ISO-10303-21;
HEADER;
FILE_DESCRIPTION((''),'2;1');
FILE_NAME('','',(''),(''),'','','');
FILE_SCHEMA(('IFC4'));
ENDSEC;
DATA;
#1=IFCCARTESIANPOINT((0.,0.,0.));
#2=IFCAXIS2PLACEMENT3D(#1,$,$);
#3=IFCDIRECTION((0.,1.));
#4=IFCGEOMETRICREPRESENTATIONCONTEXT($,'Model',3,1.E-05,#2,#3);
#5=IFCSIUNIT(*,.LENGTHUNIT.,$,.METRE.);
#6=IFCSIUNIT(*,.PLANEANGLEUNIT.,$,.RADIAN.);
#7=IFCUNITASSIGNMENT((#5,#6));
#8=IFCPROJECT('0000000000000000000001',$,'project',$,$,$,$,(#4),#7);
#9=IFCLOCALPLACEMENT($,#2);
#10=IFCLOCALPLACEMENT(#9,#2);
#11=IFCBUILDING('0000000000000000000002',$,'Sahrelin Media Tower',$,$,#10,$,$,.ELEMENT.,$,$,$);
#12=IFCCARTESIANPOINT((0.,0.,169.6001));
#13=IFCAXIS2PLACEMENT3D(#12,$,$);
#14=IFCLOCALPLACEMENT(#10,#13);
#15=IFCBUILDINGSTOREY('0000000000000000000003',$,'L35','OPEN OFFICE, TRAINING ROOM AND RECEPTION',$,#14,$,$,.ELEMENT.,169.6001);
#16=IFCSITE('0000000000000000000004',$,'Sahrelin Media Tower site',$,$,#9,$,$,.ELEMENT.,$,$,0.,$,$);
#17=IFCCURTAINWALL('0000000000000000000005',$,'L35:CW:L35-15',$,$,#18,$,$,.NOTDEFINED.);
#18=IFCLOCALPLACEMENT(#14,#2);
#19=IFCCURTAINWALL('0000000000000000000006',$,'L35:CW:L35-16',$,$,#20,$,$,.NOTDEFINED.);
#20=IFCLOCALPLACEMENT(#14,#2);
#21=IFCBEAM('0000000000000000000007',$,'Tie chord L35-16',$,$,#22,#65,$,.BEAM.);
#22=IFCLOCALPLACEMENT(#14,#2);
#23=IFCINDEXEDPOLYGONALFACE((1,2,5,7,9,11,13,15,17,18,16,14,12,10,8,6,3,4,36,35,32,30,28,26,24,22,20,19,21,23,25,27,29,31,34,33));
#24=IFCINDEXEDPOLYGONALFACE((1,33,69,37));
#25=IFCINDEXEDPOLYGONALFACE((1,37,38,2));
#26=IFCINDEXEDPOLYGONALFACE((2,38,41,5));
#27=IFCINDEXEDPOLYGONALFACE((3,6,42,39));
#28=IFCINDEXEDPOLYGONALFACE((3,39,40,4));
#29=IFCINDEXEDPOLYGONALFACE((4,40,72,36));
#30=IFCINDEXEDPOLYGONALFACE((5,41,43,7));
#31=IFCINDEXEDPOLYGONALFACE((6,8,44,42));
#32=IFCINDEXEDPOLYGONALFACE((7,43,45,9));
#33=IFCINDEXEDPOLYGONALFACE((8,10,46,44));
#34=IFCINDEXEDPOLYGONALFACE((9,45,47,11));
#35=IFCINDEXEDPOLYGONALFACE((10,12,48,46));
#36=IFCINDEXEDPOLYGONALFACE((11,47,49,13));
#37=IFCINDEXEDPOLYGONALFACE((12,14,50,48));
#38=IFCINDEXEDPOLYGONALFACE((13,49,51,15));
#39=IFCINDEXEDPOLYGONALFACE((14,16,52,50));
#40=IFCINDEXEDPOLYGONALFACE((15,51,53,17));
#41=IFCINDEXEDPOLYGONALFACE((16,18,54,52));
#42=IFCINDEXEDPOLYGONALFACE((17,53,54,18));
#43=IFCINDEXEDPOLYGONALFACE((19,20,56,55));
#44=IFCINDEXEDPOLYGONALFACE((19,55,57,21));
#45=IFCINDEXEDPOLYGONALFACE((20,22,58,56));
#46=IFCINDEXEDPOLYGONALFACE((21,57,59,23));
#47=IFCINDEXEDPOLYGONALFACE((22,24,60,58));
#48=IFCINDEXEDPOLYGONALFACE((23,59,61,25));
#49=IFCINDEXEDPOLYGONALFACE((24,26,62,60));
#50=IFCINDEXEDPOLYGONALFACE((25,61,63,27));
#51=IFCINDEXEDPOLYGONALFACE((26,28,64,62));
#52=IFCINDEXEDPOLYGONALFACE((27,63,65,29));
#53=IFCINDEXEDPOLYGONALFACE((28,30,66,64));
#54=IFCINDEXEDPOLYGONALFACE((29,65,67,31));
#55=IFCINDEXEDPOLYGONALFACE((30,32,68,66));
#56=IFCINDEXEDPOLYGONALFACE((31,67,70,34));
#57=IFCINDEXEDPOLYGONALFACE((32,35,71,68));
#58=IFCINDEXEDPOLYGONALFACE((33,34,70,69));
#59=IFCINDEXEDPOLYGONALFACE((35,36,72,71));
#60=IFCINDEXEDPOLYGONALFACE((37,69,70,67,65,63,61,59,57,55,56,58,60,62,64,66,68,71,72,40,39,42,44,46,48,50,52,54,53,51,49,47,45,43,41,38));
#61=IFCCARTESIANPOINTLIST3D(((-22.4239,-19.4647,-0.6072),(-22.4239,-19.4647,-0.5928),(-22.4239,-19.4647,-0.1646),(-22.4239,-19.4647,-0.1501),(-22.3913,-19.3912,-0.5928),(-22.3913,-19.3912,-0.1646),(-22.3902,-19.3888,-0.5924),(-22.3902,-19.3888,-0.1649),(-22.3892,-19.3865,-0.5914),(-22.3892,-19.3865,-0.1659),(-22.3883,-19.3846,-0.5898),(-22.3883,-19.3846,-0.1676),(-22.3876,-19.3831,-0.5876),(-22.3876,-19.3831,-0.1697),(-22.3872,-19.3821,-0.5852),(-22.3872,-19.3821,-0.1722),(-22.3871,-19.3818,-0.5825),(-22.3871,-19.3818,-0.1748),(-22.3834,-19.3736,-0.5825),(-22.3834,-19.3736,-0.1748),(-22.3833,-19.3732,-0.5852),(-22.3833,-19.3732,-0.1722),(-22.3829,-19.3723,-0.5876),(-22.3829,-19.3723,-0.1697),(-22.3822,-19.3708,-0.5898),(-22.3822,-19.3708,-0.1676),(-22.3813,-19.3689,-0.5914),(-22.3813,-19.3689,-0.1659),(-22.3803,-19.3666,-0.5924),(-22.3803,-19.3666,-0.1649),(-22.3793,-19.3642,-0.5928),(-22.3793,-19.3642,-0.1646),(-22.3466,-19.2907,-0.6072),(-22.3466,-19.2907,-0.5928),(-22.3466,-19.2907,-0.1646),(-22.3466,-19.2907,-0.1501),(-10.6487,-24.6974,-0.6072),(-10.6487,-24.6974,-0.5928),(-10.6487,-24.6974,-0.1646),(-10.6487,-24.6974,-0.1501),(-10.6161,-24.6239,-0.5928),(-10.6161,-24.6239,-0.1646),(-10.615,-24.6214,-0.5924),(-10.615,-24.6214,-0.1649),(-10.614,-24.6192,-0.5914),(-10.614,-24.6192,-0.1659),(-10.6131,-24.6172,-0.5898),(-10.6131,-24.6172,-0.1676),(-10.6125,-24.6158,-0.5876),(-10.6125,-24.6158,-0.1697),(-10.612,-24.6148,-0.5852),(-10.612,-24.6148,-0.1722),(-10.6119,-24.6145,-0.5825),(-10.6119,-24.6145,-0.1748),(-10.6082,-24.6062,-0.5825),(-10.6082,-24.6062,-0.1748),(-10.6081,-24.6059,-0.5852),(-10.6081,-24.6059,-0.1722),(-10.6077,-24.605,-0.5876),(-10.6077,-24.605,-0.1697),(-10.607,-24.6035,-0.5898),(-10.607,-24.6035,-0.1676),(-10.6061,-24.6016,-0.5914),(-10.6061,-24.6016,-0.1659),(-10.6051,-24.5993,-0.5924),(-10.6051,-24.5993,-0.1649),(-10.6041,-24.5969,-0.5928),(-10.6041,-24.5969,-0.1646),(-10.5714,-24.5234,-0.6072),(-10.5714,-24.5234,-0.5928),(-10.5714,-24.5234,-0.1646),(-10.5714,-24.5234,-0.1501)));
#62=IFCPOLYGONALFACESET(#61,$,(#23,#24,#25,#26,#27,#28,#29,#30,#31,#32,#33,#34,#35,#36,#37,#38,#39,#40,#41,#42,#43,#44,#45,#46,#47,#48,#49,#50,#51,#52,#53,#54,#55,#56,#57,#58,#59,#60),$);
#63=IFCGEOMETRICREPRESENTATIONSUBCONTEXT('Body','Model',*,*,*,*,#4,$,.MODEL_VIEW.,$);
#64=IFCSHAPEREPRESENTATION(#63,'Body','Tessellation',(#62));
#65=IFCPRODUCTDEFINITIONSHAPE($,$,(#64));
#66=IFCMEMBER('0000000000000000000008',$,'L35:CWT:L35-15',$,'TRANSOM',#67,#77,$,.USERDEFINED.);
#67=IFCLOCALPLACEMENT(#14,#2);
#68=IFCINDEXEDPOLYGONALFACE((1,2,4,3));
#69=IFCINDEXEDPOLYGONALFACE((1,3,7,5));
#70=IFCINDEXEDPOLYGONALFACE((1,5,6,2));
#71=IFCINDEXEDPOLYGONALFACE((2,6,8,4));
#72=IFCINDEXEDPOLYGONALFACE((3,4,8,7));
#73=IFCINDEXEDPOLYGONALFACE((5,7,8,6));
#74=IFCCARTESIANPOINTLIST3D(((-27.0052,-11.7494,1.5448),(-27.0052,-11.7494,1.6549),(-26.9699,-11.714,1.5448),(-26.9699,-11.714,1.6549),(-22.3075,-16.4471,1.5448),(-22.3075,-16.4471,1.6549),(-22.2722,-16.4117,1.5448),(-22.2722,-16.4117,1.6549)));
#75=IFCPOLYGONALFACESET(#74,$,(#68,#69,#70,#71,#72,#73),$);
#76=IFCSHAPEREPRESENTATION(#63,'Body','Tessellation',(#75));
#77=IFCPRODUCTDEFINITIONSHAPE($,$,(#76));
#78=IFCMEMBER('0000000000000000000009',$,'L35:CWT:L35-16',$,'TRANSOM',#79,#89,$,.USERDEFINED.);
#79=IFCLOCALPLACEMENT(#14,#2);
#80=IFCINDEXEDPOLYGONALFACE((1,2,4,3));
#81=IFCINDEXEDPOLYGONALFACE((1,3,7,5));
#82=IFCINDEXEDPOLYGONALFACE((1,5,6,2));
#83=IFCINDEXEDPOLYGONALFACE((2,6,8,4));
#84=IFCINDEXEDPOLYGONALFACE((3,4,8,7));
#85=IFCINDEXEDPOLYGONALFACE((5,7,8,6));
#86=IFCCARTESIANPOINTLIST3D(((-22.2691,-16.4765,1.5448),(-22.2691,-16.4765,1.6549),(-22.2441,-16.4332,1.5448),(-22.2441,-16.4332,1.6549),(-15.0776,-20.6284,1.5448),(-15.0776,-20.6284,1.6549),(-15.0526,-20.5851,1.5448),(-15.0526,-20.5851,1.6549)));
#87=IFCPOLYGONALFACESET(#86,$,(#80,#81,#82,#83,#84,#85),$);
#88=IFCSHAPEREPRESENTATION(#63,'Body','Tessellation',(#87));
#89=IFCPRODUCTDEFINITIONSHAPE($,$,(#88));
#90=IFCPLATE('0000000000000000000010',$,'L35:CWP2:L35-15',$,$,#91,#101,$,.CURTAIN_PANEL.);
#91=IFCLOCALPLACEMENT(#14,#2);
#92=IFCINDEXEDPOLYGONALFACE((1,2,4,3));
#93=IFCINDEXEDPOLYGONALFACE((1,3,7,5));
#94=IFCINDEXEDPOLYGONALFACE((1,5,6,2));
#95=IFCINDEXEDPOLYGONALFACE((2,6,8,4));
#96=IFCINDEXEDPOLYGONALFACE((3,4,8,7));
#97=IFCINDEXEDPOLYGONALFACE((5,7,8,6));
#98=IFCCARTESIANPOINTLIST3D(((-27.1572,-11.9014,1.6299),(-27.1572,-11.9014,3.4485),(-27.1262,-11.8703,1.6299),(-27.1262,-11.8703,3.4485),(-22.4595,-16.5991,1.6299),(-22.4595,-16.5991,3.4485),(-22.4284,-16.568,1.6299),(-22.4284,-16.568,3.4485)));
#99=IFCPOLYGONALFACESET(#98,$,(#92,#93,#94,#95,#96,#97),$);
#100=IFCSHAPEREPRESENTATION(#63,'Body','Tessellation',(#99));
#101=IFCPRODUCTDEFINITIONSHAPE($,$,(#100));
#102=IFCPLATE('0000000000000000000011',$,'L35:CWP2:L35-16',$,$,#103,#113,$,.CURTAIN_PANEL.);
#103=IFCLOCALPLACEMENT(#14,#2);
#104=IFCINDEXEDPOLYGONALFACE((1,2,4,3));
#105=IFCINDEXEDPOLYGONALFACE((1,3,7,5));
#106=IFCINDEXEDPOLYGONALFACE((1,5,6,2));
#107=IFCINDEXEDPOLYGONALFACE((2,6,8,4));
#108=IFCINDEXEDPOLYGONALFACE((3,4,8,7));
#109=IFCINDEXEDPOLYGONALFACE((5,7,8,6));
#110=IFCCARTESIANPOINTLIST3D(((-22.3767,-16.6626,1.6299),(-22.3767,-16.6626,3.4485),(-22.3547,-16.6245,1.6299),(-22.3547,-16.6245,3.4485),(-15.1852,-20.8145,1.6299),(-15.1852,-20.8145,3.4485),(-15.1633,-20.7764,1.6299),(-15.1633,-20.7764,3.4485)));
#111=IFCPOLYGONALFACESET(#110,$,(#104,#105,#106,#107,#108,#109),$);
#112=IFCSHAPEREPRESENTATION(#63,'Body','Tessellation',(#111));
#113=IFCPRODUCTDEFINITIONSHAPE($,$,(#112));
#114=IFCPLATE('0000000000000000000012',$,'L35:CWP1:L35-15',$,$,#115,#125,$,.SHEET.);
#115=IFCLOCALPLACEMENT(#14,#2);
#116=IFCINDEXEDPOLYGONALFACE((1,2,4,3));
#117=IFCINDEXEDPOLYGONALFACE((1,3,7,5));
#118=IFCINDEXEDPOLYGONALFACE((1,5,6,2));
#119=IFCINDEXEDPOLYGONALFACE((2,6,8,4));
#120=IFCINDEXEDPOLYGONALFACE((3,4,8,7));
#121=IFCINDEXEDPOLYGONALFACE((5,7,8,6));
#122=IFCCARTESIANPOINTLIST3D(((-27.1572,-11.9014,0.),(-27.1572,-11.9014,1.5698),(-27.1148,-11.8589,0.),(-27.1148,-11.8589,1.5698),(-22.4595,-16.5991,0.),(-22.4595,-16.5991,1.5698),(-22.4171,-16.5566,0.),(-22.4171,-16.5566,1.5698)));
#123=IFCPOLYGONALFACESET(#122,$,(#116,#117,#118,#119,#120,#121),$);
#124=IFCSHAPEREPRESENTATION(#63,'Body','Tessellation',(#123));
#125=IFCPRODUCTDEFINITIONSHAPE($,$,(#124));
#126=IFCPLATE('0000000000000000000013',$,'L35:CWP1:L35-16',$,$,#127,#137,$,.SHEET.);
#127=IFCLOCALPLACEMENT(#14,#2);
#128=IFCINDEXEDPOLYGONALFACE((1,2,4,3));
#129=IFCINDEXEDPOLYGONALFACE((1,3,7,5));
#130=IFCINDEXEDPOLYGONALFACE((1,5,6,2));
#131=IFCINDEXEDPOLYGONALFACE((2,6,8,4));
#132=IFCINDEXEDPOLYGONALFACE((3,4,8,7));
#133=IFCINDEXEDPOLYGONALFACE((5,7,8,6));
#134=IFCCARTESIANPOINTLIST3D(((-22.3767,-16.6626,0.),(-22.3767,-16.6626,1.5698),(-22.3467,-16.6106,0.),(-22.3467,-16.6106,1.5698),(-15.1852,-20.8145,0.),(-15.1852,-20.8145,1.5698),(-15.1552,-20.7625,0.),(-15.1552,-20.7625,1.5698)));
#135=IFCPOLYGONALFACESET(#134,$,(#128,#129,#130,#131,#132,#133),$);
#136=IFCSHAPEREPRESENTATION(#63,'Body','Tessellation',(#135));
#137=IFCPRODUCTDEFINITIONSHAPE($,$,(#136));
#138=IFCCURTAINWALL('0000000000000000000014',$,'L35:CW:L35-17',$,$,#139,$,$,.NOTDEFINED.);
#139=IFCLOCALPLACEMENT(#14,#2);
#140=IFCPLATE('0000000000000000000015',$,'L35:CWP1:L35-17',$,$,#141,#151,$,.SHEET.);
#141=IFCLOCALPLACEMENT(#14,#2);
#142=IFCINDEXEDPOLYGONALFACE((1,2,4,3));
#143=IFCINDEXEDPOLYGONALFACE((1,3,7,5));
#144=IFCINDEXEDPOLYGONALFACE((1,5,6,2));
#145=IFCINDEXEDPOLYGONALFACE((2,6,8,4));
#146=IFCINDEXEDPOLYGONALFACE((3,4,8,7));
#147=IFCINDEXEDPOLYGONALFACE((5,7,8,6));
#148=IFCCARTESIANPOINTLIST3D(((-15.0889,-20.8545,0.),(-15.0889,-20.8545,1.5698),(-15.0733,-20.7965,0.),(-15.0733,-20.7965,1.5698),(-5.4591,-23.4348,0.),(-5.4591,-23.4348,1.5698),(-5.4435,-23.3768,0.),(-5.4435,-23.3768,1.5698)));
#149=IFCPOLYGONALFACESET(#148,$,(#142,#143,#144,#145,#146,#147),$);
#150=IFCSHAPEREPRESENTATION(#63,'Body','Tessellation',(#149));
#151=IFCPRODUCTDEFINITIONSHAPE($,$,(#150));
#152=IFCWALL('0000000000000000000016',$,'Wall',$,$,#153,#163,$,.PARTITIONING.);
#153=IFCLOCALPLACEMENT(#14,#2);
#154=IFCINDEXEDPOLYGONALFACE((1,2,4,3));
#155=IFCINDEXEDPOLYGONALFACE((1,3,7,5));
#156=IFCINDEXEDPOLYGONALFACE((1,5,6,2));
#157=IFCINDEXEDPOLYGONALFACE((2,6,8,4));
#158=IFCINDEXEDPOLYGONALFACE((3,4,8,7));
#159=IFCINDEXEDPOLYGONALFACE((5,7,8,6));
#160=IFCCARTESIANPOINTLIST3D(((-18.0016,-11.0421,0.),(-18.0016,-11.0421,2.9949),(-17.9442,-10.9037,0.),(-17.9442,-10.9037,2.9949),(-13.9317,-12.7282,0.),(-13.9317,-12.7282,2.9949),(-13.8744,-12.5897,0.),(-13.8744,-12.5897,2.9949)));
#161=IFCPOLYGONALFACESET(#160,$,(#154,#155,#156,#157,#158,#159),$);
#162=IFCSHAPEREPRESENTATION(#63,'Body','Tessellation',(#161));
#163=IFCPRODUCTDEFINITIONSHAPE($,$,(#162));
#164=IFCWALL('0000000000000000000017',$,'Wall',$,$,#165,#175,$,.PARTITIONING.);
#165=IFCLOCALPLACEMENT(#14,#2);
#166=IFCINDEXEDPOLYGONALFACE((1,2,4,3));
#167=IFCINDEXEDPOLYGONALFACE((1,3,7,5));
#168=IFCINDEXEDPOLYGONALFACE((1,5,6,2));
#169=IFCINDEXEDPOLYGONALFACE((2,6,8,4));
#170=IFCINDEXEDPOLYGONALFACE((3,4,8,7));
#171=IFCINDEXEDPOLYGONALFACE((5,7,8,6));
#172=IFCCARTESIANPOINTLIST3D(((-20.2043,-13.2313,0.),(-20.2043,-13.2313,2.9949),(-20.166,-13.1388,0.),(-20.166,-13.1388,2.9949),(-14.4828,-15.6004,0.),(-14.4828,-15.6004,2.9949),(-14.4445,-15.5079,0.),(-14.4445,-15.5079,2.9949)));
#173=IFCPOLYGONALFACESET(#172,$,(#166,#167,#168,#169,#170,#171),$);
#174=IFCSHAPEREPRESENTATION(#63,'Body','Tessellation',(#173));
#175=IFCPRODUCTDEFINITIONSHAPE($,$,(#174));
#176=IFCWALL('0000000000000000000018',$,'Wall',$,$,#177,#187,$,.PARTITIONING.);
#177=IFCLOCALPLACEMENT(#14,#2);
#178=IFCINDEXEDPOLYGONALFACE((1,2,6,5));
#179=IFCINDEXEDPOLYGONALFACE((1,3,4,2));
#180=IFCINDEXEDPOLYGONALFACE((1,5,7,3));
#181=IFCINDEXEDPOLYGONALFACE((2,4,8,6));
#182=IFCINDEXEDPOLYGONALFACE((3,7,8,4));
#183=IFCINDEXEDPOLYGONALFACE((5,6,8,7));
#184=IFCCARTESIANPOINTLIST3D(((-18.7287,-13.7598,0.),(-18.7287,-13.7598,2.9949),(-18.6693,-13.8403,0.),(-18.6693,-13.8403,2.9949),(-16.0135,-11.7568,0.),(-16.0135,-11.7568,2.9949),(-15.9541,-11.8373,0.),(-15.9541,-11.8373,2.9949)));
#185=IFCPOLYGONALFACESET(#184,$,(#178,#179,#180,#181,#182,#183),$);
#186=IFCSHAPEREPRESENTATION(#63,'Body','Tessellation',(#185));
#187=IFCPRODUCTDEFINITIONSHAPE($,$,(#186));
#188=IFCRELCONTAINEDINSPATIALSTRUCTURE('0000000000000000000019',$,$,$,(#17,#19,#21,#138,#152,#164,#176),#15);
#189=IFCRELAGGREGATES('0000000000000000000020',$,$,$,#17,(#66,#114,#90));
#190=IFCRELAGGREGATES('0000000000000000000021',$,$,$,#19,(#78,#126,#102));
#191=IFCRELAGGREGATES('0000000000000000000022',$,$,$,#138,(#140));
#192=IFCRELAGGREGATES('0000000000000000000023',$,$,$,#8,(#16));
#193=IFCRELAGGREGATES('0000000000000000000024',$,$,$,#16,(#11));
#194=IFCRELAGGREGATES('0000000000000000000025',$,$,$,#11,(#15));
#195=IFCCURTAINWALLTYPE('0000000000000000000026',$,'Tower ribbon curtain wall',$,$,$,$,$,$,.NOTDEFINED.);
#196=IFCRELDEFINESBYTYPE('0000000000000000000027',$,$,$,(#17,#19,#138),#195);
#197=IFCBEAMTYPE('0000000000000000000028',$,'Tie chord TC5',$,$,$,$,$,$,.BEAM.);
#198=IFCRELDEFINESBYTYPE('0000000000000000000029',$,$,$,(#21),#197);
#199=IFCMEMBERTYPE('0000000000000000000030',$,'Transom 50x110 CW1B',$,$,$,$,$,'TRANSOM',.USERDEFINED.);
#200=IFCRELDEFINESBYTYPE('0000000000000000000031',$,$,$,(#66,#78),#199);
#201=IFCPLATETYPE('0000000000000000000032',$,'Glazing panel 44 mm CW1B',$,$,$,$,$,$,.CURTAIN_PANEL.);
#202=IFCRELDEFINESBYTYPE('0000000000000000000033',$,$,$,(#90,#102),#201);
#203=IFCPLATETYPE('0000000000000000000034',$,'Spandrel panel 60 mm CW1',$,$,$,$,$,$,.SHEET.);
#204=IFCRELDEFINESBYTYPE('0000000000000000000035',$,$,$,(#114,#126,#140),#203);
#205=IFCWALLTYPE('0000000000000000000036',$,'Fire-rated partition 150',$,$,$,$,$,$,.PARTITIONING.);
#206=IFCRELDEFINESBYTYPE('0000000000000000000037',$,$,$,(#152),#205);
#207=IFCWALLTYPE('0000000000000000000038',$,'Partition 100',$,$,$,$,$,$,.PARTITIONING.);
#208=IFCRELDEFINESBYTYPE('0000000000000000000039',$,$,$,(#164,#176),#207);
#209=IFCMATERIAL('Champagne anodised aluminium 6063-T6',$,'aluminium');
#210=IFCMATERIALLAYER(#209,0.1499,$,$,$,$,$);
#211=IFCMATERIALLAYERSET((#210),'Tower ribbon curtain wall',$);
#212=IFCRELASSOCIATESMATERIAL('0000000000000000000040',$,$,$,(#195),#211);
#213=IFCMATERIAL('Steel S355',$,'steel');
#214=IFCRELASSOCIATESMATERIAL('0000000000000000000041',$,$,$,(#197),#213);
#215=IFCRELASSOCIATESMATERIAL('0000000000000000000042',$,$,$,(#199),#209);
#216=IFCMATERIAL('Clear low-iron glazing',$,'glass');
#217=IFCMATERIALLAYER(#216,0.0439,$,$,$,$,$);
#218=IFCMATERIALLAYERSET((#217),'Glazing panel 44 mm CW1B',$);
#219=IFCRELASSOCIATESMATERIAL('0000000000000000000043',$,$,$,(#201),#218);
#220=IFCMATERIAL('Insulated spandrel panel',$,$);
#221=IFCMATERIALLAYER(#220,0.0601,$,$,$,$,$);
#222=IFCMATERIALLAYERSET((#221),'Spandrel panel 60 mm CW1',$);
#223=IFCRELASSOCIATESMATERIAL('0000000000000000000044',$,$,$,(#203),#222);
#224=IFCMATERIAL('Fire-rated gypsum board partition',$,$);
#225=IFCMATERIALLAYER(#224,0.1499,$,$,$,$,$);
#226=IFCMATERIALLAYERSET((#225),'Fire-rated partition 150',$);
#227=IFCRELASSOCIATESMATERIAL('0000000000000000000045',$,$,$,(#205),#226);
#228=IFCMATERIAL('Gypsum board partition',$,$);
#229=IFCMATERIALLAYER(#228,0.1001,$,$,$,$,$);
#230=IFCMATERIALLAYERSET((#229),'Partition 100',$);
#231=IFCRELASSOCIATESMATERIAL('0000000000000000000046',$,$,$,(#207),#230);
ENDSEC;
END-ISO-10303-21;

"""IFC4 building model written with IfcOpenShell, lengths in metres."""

from ifc_helpers import new_model, si_unit, direction, frame, frame_2d, origin, origin_2d, place, context, subcontext, project, spatial, polyline, rectangle, i_section, outline, extrude, material, layer, layer_set, material_profile, profile_set, type_object, element, aggregate, save


model = new_model("IFC4")

# Units and contexts
model_context = context("Model", 3, precision=1e-05, world=origin(), true_north=direction((0.0, 1.0)))
body_context = subcontext(model_context, "Body", "Model", "MODEL_VIEW")
ifc_project = project(units=[si_unit("LENGTHUNIT", "METRE"), si_unit("PLANEANGLEUNIT", "RADIAN")], contexts=[model_context])

# Site, building, storey
site_placement = place(None, origin())
site = spatial("IfcSite", under=ifc_project, at=site_placement, Name="Sahrelin Media Tower site", CompositionType="ELEMENT", RefElevation=0.0)
building_placement = place(site_placement, origin())
building = spatial("IfcBuilding", under=site, at=building_placement, Name="Sahrelin Media Tower", CompositionType="ELEMENT")
storey_placement = place(building_placement, frame((0.0, 0.0, 169.6001)))
storey = spatial("IfcBuildingStorey", under=building, at=storey_placement, Name="L35", Description="OPEN OFFICE, TRAINING ROOM AND RECEPTION", CompositionType="ELEMENT", Elevation=169.6001)

# Shared definitions
ifc_material_1 = material(Name="Steel S355", Category="steel")

# Curtain walls
ifc_material_2 = material(Name="Champagne anodised aluminium 6063-T6", Category="aluminium")
ifc_layer_1 = layer(ifc_material_2, 0.1499)
ifc_layer_set_1 = layer_set([ifc_layer_1], Name="Tower ribbon curtain wall")
curtain_wall_type = type_object("IfcCurtainWallType", Name="Tower ribbon curtain wall", PredefinedType="NOTDEFINED", material=ifc_layer_set_1)
curtain_wall_1_placement = place(storey_placement, frame((-24.7942, -14.2361, 0.0), z_axis=(0.0, 0.0, 1.0), x_axis=(1.0, 0.0, 0.0)))
curtain_wall_1 = element("IfcCurtainWall", 1, at=curtain_wall_1_placement, inside=storey, type_object=curtain_wall_type, Name="L35:CW:L35-15", PredefinedType="NOTDEFINED")
curtain_wall_2_placement = place(storey_placement, frame((-18.771, -18.7212, 0.0), z_axis=(0.0, 0.0, 1.0), x_axis=(1.0, 0.0, 0.0)))
curtain_wall_2 = element("IfcCurtainWall", 2, at=curtain_wall_2_placement, inside=storey, type_object=curtain_wall_type, Name="L35:CW:L35-16", PredefinedType="NOTDEFINED")

# Beam
ifc_material_profile_1 = material_profile(ifc_material_1, i_section(OverallWidth=0.1904, OverallDepth=0.457, WebThickness=0.009, FlangeThickness=0.0144, FilletRadius=0.0103, at=origin_2d()), Name="UB 457x191x74")
ifc_profile_set_1 = profile_set([ifc_material_profile_1], Name="Steel S355")
beam_type_1 = type_object("IfcBeamType", Name="Tie chord TC5", PredefinedType="BEAM", material=ifc_profile_set_1)
beam_1_placement = place(storey_placement, frame((-22.3853, -19.3777, -0.3787), z_axis=(0.913833, -0.406091, 0.0), x_axis=(0.406091, 0.913833, 0.0)))
element("IfcBeam", 3, at=beam_1_placement, inside=storey, type_object=beam_type_1, Name="Tie chord L35-16", PredefinedType="BEAM", context=body_context, shape_type="SweptSolid", body=[
    extrude(i_section(OverallWidth=0.1904, OverallDepth=0.457, WebThickness=0.009, FlangeThickness=0.0144, FilletRadius=0.0103, at=origin_2d()), origin(), (0.0, 0.0, 1.0), 12.8855),
])

# Members
ifc_material_profile_2 = material_profile(ifc_material_2, rectangle(XDim=0.05, YDim=0.1101, at=origin_2d()), Name="Transom 50x110")
ifc_profile_set_2 = profile_set([ifc_material_profile_2], Name="Champagne anodised aluminium 6063-T6")
member_type_1 = type_object("IfcMemberType", Name="Transom 50x110 CW1B", ElementType="TRANSOM", PredefinedType="USERDEFINED", material=ifc_profile_set_2)
member_1_placement = place(storey_placement, frame((-26.9875, -11.7317, 1.5999), z_axis=(0.707107, -0.707107, 0.0), x_axis=(0.707107, 0.707107, 0.0)))
member_1 = element("IfcMember", 4, at=member_1_placement, type_object=member_type_1, Name="L35:CWT:L35-15", ObjectType="TRANSOM", PredefinedType="USERDEFINED", context=body_context, shape_type="SweptSolid", body=[
    extrude(rectangle(XDim=0.05, YDim=0.1101, at=origin_2d()), origin(), (0.0, 0.0, 1.0), 6.6436),
])
member_2_placement = place(storey_placement, frame((-22.2566, -16.4548, 1.5999), z_axis=(0.866031, -0.499991, 0.0), x_axis=(0.499991, 0.866031, 0.0)))
member_2 = element("IfcMember", 5, at=member_2_placement, type_object=member_type_1, Name="L35:CWT:L35-16", ObjectType="TRANSOM", PredefinedType="USERDEFINED", context=body_context, shape_type="SweptSolid", body=[
    extrude(rectangle(XDim=0.05, YDim=0.1101, at=origin_2d()), origin(), (0.0, 0.0, 1.0), 8.304),
])

# Plates
ifc_material_3 = material(Name="Clear low-iron glazing", Category="glass")
ifc_layer_2 = layer(ifc_material_3, 0.0439)
ifc_layer_set_2 = layer_set([ifc_layer_2], Name="Glazing panel 44 mm CW1B")
plate_type_1 = type_object("IfcPlateType", Name="Glazing panel 44 mm CW1B", PredefinedType="CURTAIN_PANEL", material=ifc_layer_set_2)
plate_1_placement = place(storey_placement, frame((-27.1572, -11.9014, 1.6299), z_axis=(-0.707107, -0.707107, 0.0), x_axis=(0.707107, -0.707107, 0.0)))
plate_1 = element("IfcPlate", 6, at=plate_1_placement, type_object=plate_type_1, Name="L35:CWP2:L35-15", PredefinedType="CURTAIN_PANEL", context=body_context, shape_type="SweptSolid", body=[
    extrude(outline(polyline([(0.0, 0.0), (6.6436, 0.0), (6.6436, 1.8186), (0.0, 1.8186), (0.0, 0.0)])), origin(), (0.0, 0.0, -1.0), 0.0439),
])
plate_2_placement = place(storey_placement, frame((-22.3767, -16.6626, 1.6299), z_axis=(-0.499991, -0.866031, 0.0), x_axis=(0.866031, -0.499991, 0.0)))
plate_2 = element("IfcPlate", 7, at=plate_2_placement, type_object=plate_type_1, Name="L35:CWP2:L35-16", PredefinedType="CURTAIN_PANEL", context=body_context, shape_type="SweptSolid", body=[
    extrude(outline(polyline([(0.0, 0.0), (8.304, 0.0), (8.304, 1.8186), (0.0, 1.8186), (0.0, 0.0)])), origin(), (0.0, 0.0, -1.0), 0.0439),
])
ifc_material_4 = material(Name="Insulated spandrel panel")
ifc_layer_3 = layer(ifc_material_4, 0.0601)
ifc_layer_set_3 = layer_set([ifc_layer_3], Name="Spandrel panel 60 mm CW1")
plate_type_2 = type_object("IfcPlateType", Name="Spandrel panel 60 mm CW1", PredefinedType="SHEET", material=ifc_layer_set_3)
plate_3_placement = place(storey_placement, frame((-27.1572, -11.9014, 0.0), z_axis=(-0.707107, -0.707107, 0.0), x_axis=(0.707107, -0.707107, 0.0)))
plate_3 = element("IfcPlate", 8, at=plate_3_placement, type_object=plate_type_2, Name="L35:CWP1:L35-15", PredefinedType="SHEET", context=body_context, shape_type="SweptSolid", body=[
    extrude(outline(polyline([(0.0, 0.0), (6.6436, 0.0), (6.6436, 1.5698), (0.0, 1.5698), (0.0, 0.0)])), origin(), (0.0, 0.0, -1.0), 0.0601),
])
aggregate(curtain_wall_1, [member_1, plate_3, plate_1])
plate_4_placement = place(storey_placement, frame((-22.3767, -16.6626, 0.0), z_axis=(-0.499991, -0.866031, 0.0), x_axis=(0.866031, -0.499991, 0.0)))
plate_4 = element("IfcPlate", 9, at=plate_4_placement, type_object=plate_type_2, Name="L35:CWP1:L35-16", PredefinedType="SHEET", context=body_context, shape_type="SweptSolid", body=[
    extrude(outline(polyline([(0.0, 0.0), (8.304, 0.0), (8.304, 1.5698), (0.0, 1.5698), (0.0, 0.0)])), origin(), (0.0, 0.0, -1.0), 0.0601),
])
aggregate(curtain_wall_2, [member_2, plate_4, plate_2])

# Curtain wall, plate
curtain_wall_3_placement = place(storey_placement, frame((-10.2688, -22.1252, 0.0), z_axis=(0.0, 0.0, 1.0), x_axis=(1.0, 0.0, 0.0)))
curtain_wall_3 = element("IfcCurtainWall", 10, at=curtain_wall_3_placement, inside=storey, type_object=curtain_wall_type, Name="L35:CW:L35-17", PredefinedType="NOTDEFINED")
plate_5_placement = place(storey_placement, frame((-15.0889, -20.8545, 0.0), z_axis=(-0.258819, -0.965926, 0.0), x_axis=(0.965926, -0.258819, 0.0)))
plate_5 = element("IfcPlate", 11, at=plate_5_placement, type_object=plate_type_2, Name="L35:CWP1:L35-17", PredefinedType="SHEET", context=body_context, shape_type="SweptSolid", body=[
    extrude(outline(polyline([(0.0, 0.0), (9.9695, 0.0), (9.9695, 1.5698), (0.0, 1.5698), (0.0, 0.0)])), origin(), (0.0, 0.0, -1.0), 0.0601),
])
aggregate(curtain_wall_3, [plate_5])

# Walls
ifc_material_5 = material(Name="Fire-rated gypsum board partition")
ifc_layer_4 = layer(ifc_material_5, 0.1499)
ifc_layer_set_4 = layer_set([ifc_layer_4], Name="Fire-rated partition 150")
wall_type_1 = type_object("IfcWallType", Name="Fire-rated partition 150", PredefinedType="PARTITIONING", material=ifc_layer_set_4)
wall_1_placement = place(storey_placement, frame((-17.9729, -10.9729, 0.0), z_axis=(0.0, 0.0, 1.0), x_axis=(0.923859, -0.382734, 0.0)))
element("IfcWall", 12, at=wall_1_placement, inside=storey, type_object=wall_type_1, Name="Wall", PredefinedType="PARTITIONING", context=body_context, shape_type="SweptSolid", body=[
    extrude(rectangle(XDim=4.4053, YDim=0.1499, at=frame_2d((2.2026, 0.0))), origin(), (0.0, 0.0, 1.0), 2.9949),
])
ifc_material_6 = material(Name="Gypsum board partition")
ifc_layer_5 = layer(ifc_material_6, 0.1001)
ifc_layer_set_5 = layer_set([ifc_layer_5], Name="Partition 100")
wall_type_2 = type_object("IfcWallType", Name="Partition 100", PredefinedType="PARTITIONING", material=ifc_layer_set_5)
wall_2_placement = place(storey_placement, frame((-20.1851, -13.1851, 0.0), z_axis=(0.0, 0.0, 1.0), x_axis=(0.923923, -0.382579, 0.0)))
element("IfcWall", 13, at=wall_2_placement, inside=storey, type_object=wall_type_2, Name="Wall", PredefinedType="PARTITIONING", context=body_context, shape_type="SweptSolid", body=[
    extrude(rectangle(XDim=6.1926, YDim=0.1001, at=frame_2d((3.0962, 0.0))), origin(), (0.0, 0.0, 1.0), 2.9949),
])
wall_3_placement = place(storey_placement, frame((-18.699, -13.8, 0.0), z_axis=(0.0, 0.0, 1.0), x_axis=(0.804725, 0.593648, 0.0)))
element("IfcWall", 14, at=wall_3_placement, inside=storey, type_object=wall_type_2, Name="Wall", PredefinedType="PARTITIONING", context=body_context, shape_type="SweptSolid", body=[
    extrude(rectangle(XDim=3.374, YDim=0.1001, at=frame_2d((1.687, 0.0))), origin(), (0.0, 0.0, 1.0), 2.9949),
])

save(model, "model.ifc")
